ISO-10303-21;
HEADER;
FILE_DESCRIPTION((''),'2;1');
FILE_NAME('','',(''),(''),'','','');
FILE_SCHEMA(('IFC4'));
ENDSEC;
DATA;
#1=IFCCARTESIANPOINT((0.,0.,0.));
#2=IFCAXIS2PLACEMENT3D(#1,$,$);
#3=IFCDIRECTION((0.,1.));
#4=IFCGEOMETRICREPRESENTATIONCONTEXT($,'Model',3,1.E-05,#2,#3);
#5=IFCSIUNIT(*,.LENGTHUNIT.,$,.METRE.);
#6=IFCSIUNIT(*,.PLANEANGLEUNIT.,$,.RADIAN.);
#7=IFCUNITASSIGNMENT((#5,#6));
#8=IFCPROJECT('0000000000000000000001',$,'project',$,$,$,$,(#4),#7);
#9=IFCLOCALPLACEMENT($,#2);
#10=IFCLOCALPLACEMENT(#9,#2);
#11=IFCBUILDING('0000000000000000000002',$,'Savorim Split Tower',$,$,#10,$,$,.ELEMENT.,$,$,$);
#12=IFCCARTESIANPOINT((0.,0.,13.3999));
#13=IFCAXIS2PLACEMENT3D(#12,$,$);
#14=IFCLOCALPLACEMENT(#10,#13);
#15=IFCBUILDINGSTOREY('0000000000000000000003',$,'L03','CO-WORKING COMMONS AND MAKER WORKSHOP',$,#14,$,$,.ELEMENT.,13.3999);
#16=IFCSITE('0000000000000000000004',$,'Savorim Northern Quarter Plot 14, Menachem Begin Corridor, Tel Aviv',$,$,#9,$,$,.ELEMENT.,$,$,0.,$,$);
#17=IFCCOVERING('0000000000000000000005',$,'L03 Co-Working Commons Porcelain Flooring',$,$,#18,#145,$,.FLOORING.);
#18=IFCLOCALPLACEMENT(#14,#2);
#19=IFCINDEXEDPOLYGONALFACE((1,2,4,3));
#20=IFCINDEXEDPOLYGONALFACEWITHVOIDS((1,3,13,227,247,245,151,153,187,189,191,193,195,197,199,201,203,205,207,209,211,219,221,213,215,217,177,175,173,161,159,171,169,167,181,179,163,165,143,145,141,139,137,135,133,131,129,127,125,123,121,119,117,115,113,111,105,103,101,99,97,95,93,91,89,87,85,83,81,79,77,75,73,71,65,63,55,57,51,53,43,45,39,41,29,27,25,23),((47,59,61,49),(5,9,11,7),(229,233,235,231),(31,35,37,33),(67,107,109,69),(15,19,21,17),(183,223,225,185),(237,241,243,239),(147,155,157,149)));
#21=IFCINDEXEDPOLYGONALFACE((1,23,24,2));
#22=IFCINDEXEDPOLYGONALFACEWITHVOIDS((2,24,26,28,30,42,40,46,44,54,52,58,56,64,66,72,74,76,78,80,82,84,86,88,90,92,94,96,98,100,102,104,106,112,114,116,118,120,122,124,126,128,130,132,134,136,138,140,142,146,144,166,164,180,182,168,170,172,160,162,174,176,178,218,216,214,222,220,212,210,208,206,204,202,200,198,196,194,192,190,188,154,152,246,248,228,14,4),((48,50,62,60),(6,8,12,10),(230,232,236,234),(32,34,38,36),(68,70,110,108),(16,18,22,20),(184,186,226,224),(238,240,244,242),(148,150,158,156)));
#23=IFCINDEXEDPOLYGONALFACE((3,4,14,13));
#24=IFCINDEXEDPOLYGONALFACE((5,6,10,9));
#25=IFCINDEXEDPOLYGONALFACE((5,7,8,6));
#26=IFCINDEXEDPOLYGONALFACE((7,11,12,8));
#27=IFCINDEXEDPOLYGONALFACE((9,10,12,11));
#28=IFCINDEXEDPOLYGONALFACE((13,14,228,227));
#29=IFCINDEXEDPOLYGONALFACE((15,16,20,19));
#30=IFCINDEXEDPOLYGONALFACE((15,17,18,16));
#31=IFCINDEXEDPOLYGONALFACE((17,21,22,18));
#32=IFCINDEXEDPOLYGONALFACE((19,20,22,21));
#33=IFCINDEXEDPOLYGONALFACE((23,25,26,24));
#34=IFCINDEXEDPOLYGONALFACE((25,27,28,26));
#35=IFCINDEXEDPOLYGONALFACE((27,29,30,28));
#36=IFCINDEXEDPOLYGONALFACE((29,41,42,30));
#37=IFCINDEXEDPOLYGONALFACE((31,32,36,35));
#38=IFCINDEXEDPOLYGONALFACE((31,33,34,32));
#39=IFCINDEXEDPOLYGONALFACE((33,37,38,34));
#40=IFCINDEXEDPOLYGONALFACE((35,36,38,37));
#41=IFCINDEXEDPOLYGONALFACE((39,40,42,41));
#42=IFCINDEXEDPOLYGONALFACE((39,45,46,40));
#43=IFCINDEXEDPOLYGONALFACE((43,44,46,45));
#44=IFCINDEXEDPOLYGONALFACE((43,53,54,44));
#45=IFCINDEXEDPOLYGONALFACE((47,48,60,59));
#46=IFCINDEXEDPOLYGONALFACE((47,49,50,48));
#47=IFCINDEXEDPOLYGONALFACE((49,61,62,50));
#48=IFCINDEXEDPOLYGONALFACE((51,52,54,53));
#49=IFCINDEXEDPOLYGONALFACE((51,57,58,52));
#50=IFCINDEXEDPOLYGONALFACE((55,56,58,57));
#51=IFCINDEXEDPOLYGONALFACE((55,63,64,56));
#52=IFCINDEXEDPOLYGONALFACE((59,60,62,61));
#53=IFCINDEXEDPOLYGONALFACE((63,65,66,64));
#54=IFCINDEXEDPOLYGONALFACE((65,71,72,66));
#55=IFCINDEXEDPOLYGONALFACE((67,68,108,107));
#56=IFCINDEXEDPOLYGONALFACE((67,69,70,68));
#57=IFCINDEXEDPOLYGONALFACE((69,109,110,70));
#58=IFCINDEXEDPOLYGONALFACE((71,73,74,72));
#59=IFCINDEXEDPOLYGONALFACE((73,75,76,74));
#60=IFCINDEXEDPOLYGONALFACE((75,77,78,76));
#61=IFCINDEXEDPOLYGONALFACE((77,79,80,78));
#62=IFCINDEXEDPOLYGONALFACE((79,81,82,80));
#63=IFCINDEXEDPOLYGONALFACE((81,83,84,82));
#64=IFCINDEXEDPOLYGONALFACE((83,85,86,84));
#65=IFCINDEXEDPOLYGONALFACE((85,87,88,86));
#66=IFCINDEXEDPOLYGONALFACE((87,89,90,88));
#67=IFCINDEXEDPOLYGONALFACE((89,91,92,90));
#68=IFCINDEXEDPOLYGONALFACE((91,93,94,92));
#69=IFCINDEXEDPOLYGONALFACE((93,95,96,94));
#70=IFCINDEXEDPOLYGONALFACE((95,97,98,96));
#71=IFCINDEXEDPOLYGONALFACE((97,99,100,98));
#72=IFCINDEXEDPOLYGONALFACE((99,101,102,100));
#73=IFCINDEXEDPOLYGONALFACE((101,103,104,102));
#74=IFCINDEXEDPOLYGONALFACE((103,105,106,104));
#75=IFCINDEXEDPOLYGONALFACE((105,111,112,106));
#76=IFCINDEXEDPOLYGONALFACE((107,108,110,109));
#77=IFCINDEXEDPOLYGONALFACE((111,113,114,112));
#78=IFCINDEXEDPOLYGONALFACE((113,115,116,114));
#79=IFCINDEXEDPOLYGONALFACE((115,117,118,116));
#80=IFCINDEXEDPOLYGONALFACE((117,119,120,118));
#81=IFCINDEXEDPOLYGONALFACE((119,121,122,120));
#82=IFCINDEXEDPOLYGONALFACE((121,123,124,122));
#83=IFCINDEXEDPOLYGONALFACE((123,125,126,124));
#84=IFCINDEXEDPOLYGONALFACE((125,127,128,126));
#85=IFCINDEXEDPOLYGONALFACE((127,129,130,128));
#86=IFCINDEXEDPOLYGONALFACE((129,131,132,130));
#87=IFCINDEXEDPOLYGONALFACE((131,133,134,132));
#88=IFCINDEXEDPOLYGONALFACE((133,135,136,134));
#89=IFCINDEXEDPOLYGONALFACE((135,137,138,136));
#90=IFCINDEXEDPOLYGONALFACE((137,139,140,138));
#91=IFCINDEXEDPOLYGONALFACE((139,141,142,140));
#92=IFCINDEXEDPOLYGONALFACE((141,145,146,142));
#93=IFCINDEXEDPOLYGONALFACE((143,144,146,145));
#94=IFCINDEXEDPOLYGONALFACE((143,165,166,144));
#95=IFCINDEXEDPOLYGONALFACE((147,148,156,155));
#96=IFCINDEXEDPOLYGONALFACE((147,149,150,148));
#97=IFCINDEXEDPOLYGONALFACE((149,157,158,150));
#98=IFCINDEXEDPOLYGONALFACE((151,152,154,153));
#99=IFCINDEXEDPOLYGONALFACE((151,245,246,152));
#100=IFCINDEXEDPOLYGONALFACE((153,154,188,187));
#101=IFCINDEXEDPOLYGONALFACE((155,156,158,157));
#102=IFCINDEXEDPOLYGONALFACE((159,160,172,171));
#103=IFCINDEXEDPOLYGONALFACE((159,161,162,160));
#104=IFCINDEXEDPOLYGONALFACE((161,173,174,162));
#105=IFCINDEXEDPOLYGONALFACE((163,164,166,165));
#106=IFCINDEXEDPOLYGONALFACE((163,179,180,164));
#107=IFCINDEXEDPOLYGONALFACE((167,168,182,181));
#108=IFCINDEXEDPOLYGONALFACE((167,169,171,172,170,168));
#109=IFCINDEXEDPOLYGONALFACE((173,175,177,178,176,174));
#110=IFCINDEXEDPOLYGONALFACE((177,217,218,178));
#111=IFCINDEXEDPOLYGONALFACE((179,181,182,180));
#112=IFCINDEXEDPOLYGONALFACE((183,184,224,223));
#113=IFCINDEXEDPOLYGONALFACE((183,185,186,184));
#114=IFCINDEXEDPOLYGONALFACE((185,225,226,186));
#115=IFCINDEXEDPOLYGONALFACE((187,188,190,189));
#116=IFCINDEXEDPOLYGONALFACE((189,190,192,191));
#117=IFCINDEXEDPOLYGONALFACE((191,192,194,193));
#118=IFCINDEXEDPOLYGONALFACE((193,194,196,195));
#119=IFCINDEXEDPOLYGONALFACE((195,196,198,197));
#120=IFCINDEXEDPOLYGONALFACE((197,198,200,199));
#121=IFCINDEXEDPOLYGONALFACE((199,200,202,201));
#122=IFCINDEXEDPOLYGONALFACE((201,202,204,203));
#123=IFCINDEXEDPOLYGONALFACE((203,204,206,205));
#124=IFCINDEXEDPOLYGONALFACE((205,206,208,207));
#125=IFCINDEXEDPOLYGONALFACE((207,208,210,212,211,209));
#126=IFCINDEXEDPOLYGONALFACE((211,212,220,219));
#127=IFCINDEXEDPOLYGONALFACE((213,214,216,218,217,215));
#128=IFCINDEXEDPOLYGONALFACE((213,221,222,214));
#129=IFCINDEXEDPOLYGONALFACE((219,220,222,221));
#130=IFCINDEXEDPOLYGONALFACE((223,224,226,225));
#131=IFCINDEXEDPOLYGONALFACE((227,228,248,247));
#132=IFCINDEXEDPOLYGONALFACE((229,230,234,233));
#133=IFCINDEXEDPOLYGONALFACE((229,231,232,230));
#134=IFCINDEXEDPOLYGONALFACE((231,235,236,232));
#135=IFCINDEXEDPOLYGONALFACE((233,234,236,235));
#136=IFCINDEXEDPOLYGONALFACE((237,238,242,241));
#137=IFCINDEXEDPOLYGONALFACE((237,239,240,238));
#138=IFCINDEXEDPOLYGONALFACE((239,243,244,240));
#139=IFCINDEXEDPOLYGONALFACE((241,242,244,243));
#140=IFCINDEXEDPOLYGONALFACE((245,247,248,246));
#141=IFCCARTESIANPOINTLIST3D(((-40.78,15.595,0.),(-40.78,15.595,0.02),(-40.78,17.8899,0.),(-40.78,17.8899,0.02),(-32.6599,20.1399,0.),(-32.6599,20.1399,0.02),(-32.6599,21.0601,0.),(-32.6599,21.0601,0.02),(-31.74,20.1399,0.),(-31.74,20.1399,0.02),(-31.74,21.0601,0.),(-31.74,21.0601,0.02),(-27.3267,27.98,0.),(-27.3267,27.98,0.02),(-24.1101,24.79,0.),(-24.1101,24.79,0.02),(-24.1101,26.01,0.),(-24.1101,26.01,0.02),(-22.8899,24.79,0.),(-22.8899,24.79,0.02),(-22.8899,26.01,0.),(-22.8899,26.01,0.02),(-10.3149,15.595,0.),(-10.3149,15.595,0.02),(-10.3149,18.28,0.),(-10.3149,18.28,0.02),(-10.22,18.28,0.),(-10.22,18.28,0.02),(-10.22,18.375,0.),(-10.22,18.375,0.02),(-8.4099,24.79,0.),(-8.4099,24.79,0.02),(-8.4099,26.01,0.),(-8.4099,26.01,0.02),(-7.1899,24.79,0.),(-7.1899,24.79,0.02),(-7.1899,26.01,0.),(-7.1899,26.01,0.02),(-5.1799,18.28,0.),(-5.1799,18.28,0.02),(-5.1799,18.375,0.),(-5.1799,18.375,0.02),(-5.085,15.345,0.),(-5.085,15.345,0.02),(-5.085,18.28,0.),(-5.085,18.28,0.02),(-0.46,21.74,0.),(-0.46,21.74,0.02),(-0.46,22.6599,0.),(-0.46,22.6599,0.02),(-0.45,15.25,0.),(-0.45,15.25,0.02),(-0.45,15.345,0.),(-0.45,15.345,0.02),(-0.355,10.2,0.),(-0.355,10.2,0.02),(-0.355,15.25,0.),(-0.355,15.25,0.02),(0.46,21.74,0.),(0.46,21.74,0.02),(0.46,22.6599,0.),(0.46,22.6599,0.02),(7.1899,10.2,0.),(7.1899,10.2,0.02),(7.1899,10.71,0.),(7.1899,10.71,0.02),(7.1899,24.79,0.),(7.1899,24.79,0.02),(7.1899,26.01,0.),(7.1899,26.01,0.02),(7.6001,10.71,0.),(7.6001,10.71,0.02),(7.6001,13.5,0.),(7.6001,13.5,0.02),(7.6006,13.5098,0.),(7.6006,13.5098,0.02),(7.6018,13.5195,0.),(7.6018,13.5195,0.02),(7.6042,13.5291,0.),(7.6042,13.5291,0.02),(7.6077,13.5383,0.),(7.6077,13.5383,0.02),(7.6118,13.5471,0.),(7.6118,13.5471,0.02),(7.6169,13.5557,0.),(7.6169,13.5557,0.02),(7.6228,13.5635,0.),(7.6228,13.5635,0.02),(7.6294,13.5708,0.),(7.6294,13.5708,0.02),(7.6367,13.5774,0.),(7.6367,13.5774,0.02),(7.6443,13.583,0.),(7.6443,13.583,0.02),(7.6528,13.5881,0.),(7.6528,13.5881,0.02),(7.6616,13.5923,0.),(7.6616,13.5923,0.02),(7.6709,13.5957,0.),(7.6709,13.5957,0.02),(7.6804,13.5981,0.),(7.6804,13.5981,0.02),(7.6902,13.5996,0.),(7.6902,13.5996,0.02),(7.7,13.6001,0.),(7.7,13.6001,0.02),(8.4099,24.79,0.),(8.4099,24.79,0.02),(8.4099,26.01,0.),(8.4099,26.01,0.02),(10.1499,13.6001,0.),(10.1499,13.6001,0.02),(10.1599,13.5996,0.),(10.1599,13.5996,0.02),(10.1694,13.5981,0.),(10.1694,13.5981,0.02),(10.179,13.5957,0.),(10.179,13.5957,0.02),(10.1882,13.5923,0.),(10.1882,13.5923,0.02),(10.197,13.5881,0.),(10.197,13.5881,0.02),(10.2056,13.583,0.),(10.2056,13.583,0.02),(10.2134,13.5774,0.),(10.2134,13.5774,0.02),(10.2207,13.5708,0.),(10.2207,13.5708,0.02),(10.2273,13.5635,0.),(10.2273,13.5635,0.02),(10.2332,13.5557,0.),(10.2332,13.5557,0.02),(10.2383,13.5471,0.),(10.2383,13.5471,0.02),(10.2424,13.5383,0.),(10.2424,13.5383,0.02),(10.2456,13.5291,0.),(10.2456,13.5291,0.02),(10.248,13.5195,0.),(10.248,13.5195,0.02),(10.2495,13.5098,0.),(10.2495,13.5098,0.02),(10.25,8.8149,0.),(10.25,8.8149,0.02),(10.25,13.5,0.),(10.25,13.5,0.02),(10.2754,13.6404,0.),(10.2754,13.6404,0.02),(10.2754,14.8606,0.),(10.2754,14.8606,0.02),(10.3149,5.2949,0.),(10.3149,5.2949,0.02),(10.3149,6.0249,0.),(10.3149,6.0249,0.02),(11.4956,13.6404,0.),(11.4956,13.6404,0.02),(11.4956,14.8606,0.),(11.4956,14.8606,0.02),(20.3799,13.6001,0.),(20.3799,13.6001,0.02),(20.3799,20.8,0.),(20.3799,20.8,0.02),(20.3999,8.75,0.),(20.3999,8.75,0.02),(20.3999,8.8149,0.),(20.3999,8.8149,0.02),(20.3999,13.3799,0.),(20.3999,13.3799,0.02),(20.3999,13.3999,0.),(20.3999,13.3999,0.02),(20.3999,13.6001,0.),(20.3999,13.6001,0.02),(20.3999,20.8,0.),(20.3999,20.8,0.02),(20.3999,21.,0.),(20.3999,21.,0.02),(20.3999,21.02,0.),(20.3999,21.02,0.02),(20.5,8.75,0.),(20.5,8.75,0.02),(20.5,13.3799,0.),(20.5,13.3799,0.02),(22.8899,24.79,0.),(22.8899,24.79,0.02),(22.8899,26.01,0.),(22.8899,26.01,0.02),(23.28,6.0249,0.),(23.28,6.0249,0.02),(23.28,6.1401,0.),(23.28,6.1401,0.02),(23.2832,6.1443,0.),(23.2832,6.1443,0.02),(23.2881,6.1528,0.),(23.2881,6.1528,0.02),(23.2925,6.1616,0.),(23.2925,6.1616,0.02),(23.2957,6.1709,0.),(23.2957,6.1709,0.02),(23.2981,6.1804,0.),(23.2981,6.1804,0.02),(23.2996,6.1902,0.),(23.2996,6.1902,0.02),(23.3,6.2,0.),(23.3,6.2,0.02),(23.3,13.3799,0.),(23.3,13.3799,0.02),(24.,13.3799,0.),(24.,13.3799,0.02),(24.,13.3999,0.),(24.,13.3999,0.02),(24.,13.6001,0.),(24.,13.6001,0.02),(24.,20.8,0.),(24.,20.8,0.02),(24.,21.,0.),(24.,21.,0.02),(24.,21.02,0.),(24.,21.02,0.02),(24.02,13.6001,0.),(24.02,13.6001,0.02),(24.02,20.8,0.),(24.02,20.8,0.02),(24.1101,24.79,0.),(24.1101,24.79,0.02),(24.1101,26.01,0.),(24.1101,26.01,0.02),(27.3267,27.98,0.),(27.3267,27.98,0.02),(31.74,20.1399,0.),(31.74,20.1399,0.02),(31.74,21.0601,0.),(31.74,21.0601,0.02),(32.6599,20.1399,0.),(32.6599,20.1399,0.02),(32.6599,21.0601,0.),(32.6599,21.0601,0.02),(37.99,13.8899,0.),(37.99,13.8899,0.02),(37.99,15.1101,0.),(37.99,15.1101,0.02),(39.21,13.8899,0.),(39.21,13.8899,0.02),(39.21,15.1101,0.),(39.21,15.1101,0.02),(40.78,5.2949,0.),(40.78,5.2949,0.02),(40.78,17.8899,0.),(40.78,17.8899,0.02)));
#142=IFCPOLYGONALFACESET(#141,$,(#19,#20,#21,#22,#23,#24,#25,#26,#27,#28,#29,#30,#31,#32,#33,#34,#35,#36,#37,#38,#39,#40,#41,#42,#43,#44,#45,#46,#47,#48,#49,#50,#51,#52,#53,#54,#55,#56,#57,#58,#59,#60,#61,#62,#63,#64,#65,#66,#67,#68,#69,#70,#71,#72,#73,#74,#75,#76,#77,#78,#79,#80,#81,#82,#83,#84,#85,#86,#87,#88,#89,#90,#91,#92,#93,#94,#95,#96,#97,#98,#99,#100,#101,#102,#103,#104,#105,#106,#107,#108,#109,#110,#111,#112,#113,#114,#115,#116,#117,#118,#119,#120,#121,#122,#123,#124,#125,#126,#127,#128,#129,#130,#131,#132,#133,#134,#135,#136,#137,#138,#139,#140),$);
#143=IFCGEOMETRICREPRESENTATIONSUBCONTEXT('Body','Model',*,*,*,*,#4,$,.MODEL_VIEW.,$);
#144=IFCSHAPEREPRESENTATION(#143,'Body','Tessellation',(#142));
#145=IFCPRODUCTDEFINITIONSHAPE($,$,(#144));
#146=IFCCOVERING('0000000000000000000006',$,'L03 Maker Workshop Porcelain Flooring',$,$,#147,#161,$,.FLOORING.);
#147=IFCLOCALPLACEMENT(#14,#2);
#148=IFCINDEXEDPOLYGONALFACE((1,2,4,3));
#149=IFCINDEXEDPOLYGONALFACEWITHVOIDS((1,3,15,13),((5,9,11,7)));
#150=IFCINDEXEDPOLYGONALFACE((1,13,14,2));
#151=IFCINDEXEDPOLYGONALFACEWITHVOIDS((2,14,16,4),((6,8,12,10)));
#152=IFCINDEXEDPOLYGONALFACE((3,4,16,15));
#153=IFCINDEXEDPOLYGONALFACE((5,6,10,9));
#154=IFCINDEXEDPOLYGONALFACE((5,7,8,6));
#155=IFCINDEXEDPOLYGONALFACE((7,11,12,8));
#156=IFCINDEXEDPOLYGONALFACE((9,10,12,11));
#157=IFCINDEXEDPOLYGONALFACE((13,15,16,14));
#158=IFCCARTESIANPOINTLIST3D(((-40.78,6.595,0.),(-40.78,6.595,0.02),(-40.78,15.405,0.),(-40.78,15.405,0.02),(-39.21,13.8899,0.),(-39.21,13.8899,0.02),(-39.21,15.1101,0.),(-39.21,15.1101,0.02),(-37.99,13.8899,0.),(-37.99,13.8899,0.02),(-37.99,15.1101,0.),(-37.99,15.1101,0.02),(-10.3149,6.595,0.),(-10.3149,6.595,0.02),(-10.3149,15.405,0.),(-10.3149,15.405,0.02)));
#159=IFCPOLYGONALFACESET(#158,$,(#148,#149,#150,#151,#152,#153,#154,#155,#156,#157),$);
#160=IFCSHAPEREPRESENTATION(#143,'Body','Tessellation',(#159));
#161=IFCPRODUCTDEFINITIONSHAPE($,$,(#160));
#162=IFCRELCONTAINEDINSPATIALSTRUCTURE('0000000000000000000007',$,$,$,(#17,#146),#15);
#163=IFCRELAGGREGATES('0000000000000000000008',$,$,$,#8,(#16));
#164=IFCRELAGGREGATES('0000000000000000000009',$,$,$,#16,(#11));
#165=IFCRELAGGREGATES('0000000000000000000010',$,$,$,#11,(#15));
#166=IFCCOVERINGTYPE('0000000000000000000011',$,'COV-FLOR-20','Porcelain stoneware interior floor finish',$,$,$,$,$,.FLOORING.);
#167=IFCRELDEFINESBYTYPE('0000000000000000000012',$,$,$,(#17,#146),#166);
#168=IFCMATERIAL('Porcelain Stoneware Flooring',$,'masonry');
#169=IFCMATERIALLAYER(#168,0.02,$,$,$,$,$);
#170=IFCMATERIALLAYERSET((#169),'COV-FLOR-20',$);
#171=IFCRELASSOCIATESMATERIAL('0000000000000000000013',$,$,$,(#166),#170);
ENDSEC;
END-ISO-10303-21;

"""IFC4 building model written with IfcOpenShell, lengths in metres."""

from ifc_helpers import new_model, si_unit, direction, frame, origin, place, context, subcontext, project, spatial, polyline, outline, extrude, material, layer, layer_set, type_object, element, save


model = new_model("IFC4")

# Units and contexts
model_context = context("Model", 3, precision=1e-05, world=origin(), true_north=direction((0.0, 1.0)))
body_context = subcontext(model_context, "Body", "Model", "MODEL_VIEW")
ifc_project = project(units=[si_unit("LENGTHUNIT", "METRE"), si_unit("PLANEANGLEUNIT", "RADIAN")], contexts=[model_context])

# Site, building, storey
site_placement = place(None, origin())
site = spatial("IfcSite", under=ifc_project, at=site_placement, Name="Savorim Northern Quarter Plot 14, Menachem Begin Corridor, Tel Aviv", CompositionType="ELEMENT", RefElevation=0.0)
building_placement = place(site_placement, origin())
building = spatial("IfcBuilding", under=site, at=building_placement, Name="Savorim Split Tower", CompositionType="ELEMENT")
storey_placement = place(building_placement, frame((0.0, 0.0, 13.3999)))
storey = spatial("IfcBuildingStorey", under=building, at=storey_placement, Name="L03", Description="CO-WORKING COMMONS AND MAKER WORKSHOP", CompositionType="ELEMENT", Elevation=13.3999)

# Coverings
ifc_material_1 = material(Name="Porcelain Stoneware Flooring", Category="masonry")
ifc_layer_1 = layer(ifc_material_1, 0.02)
ifc_layer_set_1 = layer_set([ifc_layer_1], Name="COV-FLOR-20")
covering_type_1 = type_object("IfcCoveringType", Name="COV-FLOR-20", Description="Porcelain stoneware interior floor finish", PredefinedType="FLOORING", material=ifc_layer_set_1)
covering_1_placement = place(storey_placement, origin())
element("IfcCovering", 1, at=covering_1_placement, inside=storey, type_object=covering_type_1, Name="L03 Co-Working Commons Porcelain Flooring", PredefinedType="FLOORING", context=body_context, shape_type="SweptSolid", body=[
    extrude(outline(polyline([(27.3267, 27.98), (-27.3267, 27.98), (-40.78, 17.8899), (-40.78, 15.595), (-10.3149, 15.595), (-10.3149, 18.28), (-10.22, 18.28), (-10.22, 18.375), (-5.1799, 18.375), (-5.1799, 18.28), (-5.085, 18.28), (-5.085, 15.345), (-0.45, 15.345), (-0.45, 15.25), (-0.355, 15.25), (-0.355, 10.2), (7.1899, 10.2), (7.1899, 10.71), (7.6001, 10.71), (7.6001, 13.5), (7.6006, 13.5098), (7.6018, 13.5195), (7.6042, 13.5291), (7.6077, 13.5383), (7.6118, 13.5471), (7.6169, 13.5557), (7.6228, 13.5635), (7.6294, 13.5708), (7.6367, 13.5774), (7.6443, 13.583), (7.6528, 13.5881), (7.6616, 13.5923), (7.6709, 13.5957), (7.6804, 13.5981), (7.6902, 13.5996), (7.7, 13.6001), (10.1499, 13.6001), (10.1599, 13.5996), (10.1694, 13.5981), (10.179, 13.5957), (10.1882, 13.5923), (10.197, 13.5881), (10.2056, 13.583), (10.2134, 13.5774), (10.2207, 13.5708), (10.2273, 13.5635), (10.2332, 13.5557), (10.2383, 13.5471), (10.2424, 13.5383), (10.2456, 13.5291), (10.248, 13.5195), (10.2495, 13.5098), (10.25, 13.5), (10.25, 8.8149), (20.3999, 8.8149), (20.3999, 8.75), (20.5, 8.75), (20.5, 13.3799), (20.3999, 13.3799), (20.3999, 13.3999), (20.3999, 13.6001), (20.3799, 13.6001), (20.3799, 20.8), (20.3999, 20.8), (20.3999, 21.0), (20.3999, 21.02), (24.0, 21.02), (24.0, 21.0), (24.0, 20.8), (24.02, 20.8), (24.02, 13.6001), (24.0, 13.6001), (24.0, 13.3999), (24.0, 13.3799), (23.3, 13.3799), (23.3, 6.2), (23.2996, 6.1902), (23.2981, 6.1804), (23.2957, 6.1709), (23.2925, 6.1616), (23.2881, 6.1528), (23.2832, 6.1443), (23.28, 6.1401), (23.28, 6.0249), (10.3149, 6.0249), (10.3149, 5.2949), (40.78, 5.2949), (40.78, 17.8899), (27.3267, 27.98)]), holes=[polyline([(37.99, 13.8899), (39.21, 13.8899), (39.21, 15.1101), (37.99, 15.1101), (37.99, 13.8899)]), polyline([(22.8899, 24.79), (24.1101, 24.79), (24.1101, 26.01), (22.8899, 26.01), (22.8899, 24.79)]), polyline([(7.1899, 24.79), (8.4099, 24.79), (8.4099, 26.01), (7.1899, 26.01), (7.1899, 24.79)]), polyline([(-7.1899, 24.79), (-7.1899, 26.01), (-8.4099, 26.01), (-8.4099, 24.79), (-7.1899, 24.79)]), polyline([(-22.8899, 26.01), (-24.1101, 26.01), (-24.1101, 24.79), (-22.8899, 24.79), (-22.8899, 26.01)]), polyline([(10.2754, 14.8606), (10.2754, 13.6404), (11.4956, 13.6404), (11.4956, 14.8606), (10.2754, 14.8606)]), polyline([(31.74, 20.1399), (32.6599, 20.1399), (32.6599, 21.0601), (31.74, 21.0601), (31.74, 20.1399)]), polyline([(-31.74, 20.1399), (-31.74, 21.0601), (-32.6599, 21.0601), (-32.6599, 20.1399), (-31.74, 20.1399)]), polyline([(-0.46, 22.6599), (-0.46, 21.74), (0.46, 21.74), (0.46, 22.6599), (-0.46, 22.6599)])]), origin(), (0.0, 0.0, 1.0), 0.02),
])
covering_2_placement = place(storey_placement, origin())
element("IfcCovering", 2, at=covering_2_placement, inside=storey, type_object=covering_type_1, Name="L03 Maker Workshop Porcelain Flooring", PredefinedType="FLOORING", context=body_context, shape_type="SweptSolid", body=[
    extrude(outline(polyline([(-10.3149, 6.595), (-10.3149, 15.405), (-40.78, 15.405), (-40.78, 6.595), (-10.3149, 6.595)]), holes=[polyline([(-37.99, 15.1101), (-39.21, 15.1101), (-39.21, 13.8899), (-37.99, 13.8899), (-37.99, 15.1101)])]), origin(), (0.0, 0.0, 1.0), 0.02),
])

save(model, "model.ifc")
